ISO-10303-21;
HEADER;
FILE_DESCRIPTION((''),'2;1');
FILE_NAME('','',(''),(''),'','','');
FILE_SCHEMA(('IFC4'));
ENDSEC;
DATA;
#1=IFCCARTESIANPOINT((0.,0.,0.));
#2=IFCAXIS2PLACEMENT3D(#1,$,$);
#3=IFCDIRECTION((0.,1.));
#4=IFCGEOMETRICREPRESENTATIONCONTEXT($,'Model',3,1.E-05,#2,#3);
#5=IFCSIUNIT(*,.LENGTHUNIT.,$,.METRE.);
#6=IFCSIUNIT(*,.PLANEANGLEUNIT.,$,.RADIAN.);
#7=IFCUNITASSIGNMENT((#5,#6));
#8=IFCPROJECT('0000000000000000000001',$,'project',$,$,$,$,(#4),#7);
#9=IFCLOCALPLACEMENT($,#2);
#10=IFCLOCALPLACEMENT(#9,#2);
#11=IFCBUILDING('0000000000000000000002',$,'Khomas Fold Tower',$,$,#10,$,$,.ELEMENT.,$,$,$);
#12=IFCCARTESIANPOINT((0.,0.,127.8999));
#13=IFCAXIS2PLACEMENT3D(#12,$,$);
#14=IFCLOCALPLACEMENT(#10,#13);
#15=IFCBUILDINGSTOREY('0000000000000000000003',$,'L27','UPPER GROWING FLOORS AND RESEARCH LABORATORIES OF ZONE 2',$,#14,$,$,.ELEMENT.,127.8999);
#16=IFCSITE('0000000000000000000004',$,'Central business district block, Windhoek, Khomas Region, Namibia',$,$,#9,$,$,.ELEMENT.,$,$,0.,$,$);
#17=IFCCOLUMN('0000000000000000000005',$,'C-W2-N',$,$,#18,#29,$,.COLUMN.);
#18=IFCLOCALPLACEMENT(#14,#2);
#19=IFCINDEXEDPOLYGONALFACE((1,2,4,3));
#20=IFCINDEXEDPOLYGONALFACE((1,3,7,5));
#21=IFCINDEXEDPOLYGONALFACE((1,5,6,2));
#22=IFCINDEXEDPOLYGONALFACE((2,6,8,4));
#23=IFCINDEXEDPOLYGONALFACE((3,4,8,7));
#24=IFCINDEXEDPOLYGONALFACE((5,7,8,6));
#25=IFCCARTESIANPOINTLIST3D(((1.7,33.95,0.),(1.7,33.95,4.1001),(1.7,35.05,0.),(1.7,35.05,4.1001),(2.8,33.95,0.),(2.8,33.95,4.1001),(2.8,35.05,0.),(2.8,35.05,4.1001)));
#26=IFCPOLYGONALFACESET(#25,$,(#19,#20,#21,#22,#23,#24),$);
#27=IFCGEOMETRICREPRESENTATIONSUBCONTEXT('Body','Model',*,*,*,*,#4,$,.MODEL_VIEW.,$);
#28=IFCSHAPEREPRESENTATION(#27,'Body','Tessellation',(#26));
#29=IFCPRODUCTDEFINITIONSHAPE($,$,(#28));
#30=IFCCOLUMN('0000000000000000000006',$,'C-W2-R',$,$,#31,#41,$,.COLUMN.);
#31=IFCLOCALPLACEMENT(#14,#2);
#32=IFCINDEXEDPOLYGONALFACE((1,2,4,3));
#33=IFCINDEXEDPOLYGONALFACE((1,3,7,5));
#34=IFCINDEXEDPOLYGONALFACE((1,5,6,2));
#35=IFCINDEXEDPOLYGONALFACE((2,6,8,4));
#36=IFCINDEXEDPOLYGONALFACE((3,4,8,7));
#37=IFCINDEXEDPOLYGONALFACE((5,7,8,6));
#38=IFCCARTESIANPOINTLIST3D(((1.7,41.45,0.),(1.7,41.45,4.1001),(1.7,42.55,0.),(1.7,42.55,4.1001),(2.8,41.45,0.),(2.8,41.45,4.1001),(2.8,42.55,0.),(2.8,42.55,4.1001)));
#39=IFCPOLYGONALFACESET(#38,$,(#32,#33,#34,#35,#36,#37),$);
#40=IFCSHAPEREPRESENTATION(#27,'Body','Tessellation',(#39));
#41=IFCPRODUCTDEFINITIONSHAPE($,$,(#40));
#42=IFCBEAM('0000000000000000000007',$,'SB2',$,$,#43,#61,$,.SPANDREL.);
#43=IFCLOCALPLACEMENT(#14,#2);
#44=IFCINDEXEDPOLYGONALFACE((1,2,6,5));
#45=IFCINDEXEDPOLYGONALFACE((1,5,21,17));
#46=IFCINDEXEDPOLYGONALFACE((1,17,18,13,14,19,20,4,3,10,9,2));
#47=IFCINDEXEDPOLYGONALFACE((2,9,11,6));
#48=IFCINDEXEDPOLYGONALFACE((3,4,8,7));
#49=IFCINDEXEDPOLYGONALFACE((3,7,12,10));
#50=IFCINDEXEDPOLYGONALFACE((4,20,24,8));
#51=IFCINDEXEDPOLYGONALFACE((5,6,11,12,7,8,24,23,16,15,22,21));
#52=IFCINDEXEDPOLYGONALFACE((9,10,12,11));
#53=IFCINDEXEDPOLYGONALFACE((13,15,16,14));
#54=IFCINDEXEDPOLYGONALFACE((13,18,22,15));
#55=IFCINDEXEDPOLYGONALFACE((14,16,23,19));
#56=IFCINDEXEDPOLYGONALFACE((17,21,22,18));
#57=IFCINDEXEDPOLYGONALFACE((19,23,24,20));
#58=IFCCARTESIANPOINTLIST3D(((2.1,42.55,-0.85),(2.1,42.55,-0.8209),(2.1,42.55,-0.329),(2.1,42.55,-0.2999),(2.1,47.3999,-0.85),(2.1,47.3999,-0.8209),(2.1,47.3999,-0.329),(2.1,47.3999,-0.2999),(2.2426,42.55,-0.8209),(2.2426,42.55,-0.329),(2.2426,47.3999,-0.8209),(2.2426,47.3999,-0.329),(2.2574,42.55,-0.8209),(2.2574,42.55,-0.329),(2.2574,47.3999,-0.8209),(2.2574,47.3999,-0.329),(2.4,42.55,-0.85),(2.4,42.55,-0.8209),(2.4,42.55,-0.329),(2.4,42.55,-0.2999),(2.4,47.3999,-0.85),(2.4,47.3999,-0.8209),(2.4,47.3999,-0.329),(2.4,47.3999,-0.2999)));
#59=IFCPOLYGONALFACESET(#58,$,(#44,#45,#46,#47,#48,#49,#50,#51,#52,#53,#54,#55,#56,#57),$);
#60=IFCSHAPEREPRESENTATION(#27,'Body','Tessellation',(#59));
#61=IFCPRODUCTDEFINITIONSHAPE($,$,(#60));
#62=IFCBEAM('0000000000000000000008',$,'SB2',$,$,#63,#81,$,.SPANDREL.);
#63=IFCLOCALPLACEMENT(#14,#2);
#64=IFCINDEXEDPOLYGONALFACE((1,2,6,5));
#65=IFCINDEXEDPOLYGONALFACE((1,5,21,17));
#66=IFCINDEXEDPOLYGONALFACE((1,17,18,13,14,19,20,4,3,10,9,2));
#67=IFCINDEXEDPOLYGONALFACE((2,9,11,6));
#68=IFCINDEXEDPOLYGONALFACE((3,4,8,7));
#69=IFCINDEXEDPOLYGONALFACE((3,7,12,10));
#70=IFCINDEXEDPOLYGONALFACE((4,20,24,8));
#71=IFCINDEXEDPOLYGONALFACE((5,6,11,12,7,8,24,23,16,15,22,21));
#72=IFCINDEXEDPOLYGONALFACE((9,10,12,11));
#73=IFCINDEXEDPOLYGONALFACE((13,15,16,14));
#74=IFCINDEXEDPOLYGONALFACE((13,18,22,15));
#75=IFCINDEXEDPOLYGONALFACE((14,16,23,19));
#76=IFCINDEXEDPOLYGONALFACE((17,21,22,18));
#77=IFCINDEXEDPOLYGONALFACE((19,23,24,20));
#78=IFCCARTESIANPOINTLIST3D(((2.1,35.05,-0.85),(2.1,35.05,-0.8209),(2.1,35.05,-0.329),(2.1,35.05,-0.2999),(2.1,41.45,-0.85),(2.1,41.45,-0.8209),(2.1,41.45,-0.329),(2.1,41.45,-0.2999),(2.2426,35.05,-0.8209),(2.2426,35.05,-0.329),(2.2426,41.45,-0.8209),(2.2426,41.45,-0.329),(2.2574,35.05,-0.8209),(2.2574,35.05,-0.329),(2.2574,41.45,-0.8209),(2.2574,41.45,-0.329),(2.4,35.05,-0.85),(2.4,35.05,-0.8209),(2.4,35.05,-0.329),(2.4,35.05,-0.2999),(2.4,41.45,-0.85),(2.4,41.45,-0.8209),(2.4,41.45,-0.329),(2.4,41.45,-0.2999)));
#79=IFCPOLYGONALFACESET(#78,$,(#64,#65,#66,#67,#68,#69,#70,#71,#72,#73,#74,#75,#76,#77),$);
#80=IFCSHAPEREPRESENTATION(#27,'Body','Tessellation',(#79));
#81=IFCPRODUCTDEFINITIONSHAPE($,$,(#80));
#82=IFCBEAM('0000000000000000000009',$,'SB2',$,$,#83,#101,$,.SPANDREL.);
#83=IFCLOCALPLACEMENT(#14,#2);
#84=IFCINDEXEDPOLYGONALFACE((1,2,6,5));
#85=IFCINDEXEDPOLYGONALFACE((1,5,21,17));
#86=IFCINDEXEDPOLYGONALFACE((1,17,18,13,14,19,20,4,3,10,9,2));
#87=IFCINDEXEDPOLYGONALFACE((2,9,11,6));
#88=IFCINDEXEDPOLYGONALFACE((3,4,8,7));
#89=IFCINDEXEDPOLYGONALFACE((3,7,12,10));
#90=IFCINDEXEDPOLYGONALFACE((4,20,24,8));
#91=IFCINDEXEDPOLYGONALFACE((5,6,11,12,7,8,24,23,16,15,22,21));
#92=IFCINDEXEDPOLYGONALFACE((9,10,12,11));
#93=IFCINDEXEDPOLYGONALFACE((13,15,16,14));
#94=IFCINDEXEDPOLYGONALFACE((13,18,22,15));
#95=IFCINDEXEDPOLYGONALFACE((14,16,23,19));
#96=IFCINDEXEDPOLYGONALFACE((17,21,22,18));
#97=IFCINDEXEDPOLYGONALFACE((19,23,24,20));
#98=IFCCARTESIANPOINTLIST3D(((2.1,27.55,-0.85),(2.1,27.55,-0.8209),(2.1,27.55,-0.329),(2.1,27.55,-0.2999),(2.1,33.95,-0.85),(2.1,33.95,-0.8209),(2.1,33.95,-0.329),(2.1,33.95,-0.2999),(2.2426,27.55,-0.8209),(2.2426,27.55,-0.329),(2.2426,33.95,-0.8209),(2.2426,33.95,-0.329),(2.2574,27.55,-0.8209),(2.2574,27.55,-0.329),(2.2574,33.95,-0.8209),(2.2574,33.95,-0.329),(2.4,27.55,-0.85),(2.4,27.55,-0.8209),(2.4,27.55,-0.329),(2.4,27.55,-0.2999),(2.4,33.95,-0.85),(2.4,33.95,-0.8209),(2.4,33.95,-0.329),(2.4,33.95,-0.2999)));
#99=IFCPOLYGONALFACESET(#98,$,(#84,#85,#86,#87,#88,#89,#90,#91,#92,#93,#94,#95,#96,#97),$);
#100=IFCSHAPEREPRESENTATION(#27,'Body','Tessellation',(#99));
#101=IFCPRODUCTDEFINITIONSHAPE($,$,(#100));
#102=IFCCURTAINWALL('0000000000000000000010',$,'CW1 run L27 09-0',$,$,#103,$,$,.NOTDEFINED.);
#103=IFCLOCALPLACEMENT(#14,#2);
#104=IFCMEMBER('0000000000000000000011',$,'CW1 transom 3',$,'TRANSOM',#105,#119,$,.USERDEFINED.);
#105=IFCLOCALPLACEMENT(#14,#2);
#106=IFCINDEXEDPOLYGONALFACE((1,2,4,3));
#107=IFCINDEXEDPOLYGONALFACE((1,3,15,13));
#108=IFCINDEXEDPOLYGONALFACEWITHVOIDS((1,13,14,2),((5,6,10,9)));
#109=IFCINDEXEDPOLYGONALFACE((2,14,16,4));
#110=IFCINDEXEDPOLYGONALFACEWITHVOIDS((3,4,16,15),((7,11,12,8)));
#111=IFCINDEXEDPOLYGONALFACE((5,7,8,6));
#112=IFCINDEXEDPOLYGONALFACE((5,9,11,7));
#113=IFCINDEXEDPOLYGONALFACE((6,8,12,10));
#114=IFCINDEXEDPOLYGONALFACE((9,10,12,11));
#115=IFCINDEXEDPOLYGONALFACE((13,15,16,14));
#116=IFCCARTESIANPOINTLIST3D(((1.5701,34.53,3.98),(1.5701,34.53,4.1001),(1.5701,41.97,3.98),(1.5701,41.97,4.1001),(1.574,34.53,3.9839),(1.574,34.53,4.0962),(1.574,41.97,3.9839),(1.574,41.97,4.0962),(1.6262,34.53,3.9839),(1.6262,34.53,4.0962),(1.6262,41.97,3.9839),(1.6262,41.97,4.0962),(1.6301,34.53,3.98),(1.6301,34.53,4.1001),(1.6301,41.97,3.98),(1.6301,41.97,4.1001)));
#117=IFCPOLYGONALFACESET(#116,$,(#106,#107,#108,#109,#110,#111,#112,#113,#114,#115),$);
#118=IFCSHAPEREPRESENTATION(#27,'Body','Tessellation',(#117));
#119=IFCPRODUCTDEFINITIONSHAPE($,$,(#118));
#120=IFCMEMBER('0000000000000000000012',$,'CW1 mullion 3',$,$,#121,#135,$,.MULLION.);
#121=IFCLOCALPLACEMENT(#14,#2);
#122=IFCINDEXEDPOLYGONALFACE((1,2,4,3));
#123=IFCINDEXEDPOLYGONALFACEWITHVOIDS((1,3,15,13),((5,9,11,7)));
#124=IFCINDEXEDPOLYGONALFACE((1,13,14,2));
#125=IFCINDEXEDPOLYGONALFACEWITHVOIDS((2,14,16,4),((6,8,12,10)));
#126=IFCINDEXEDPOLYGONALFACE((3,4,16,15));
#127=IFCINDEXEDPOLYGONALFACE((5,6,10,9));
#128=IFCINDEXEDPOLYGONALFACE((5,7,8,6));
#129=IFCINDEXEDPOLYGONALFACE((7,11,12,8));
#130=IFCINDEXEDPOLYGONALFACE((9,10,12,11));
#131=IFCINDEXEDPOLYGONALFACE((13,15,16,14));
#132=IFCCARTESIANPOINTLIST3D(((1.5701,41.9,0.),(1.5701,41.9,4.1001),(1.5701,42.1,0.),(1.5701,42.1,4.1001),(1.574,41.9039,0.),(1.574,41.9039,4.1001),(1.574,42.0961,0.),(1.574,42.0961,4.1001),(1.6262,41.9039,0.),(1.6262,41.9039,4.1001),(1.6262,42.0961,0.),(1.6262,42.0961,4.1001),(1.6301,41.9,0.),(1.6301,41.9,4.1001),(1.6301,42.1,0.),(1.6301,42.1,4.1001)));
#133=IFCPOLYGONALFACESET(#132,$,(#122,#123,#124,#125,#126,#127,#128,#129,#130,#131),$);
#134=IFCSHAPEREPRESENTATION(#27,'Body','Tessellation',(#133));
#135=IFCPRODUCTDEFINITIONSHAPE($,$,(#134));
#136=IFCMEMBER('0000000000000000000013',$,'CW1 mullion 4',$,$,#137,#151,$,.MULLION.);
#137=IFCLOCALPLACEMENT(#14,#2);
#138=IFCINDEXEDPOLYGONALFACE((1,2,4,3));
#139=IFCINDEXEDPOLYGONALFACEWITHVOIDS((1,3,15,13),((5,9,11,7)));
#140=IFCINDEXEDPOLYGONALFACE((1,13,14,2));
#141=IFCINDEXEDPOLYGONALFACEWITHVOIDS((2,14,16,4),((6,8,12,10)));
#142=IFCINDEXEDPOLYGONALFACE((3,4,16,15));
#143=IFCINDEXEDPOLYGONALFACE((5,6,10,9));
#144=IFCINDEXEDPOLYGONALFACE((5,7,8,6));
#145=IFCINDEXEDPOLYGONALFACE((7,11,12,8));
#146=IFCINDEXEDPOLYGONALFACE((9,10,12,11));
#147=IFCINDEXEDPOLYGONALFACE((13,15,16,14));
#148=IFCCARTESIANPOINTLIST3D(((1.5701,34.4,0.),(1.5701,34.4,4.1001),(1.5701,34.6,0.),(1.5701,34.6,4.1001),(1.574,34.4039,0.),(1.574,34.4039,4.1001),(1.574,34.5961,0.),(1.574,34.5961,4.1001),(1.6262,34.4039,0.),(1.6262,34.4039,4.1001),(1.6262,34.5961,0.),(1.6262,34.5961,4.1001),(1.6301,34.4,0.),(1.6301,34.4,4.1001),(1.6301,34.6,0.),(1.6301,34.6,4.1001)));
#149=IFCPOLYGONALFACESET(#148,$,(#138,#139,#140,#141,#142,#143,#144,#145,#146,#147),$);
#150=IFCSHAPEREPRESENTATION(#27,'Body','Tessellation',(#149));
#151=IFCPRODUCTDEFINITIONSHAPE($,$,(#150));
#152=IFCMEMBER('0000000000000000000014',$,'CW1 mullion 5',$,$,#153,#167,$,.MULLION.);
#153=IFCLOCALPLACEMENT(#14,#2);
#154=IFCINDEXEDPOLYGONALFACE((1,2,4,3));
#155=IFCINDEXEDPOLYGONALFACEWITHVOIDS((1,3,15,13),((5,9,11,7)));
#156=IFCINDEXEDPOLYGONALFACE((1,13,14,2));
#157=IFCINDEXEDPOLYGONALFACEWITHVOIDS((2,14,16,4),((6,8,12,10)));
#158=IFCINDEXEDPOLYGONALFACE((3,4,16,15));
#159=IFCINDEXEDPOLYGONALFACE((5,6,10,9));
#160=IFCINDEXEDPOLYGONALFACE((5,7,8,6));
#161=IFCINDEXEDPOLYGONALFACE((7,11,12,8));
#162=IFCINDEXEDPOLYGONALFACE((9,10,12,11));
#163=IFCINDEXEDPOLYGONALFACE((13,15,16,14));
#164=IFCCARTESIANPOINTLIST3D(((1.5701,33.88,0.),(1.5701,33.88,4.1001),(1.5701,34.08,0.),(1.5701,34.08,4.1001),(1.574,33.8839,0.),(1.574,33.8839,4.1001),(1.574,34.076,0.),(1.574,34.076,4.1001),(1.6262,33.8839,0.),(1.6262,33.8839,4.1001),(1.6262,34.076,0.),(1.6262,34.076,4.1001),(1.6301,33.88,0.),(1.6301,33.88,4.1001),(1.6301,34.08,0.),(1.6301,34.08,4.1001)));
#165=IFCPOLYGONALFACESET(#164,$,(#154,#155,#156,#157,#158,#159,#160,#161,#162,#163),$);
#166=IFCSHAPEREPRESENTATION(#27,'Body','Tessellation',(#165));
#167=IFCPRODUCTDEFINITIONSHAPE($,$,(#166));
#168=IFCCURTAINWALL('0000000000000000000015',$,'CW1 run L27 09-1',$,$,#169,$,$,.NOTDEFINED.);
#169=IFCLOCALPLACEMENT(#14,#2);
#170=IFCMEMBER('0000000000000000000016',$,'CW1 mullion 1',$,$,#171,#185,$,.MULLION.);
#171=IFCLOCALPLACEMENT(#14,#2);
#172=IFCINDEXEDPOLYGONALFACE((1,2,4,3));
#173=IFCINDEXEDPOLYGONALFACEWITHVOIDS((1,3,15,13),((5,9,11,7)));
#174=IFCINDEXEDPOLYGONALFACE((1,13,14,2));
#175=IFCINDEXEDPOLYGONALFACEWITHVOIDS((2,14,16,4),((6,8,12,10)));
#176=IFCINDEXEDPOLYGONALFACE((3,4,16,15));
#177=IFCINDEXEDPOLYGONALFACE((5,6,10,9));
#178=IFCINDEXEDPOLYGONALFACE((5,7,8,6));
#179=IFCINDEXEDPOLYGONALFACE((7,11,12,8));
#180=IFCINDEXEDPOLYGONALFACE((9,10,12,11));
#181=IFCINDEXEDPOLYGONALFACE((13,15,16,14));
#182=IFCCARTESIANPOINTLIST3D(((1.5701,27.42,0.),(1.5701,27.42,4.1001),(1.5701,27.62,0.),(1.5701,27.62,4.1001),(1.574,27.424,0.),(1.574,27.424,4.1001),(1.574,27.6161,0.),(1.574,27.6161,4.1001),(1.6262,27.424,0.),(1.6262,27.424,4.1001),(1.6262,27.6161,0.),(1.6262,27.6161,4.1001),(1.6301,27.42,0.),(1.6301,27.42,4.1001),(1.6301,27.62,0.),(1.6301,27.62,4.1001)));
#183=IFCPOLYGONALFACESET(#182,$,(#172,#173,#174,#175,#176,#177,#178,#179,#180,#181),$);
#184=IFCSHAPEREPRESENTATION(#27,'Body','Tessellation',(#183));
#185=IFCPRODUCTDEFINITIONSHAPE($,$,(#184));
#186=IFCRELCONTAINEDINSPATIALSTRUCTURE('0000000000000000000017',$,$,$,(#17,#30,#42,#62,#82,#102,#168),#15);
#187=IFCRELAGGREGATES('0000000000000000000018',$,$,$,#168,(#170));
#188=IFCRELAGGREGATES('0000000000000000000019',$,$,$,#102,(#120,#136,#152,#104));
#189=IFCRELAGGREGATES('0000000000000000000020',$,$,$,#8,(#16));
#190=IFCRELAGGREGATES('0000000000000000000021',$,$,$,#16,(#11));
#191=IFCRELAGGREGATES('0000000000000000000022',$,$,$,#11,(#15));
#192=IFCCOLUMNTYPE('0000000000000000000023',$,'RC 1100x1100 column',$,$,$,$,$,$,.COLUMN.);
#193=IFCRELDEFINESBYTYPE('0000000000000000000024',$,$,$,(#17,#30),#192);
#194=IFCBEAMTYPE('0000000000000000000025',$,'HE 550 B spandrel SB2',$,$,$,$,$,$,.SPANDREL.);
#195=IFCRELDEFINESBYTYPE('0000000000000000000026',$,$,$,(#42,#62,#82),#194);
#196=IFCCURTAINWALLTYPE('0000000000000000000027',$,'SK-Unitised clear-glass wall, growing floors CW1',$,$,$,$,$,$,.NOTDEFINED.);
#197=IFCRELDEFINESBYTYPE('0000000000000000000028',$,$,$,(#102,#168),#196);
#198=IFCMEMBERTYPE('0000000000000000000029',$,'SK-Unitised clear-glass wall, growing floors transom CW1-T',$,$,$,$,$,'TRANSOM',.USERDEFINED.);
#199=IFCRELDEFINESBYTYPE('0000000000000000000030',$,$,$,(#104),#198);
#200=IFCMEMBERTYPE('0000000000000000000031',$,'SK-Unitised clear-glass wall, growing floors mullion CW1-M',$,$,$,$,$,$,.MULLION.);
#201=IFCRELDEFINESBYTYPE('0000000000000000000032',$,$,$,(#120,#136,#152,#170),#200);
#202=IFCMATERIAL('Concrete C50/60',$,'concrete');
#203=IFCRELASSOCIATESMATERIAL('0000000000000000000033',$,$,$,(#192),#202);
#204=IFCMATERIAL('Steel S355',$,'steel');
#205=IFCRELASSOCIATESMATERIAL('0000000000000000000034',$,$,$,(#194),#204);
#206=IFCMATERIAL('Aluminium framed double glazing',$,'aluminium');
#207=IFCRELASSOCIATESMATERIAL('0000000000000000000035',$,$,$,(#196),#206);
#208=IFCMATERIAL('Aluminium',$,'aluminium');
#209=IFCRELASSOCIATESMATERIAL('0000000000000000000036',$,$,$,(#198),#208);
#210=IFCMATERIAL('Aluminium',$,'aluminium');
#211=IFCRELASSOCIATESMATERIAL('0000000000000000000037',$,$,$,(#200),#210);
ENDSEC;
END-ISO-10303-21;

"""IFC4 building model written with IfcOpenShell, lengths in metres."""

from ifc_helpers import new_model, si_unit, direction, frame, origin, origin_2d, place, context, subcontext, project, spatial, rectangle, hollow_rectangle, i_section, extrude, source, transform, mapped, material, material_profile, profile_set, type_object, element, aggregate, save


model = new_model("IFC4")

# Units and contexts
model_context = context("Model", 3, precision=1e-05, world=origin(), true_north=direction((0.0, 1.0)))
body_context = subcontext(model_context, "Body", "Model", "MODEL_VIEW")
ifc_project = project(units=[si_unit("LENGTHUNIT", "METRE"), si_unit("PLANEANGLEUNIT", "RADIAN")], contexts=[model_context])

# Site, building, storey
site_placement = place(None, origin())
site = spatial("IfcSite", under=ifc_project, at=site_placement, Name="Central business district block, Windhoek, Khomas Region, Namibia", CompositionType="ELEMENT", RefElevation=0.0)
building_placement = place(site_placement, origin())
building = spatial("IfcBuilding", under=site, at=building_placement, Name="Khomas Fold Tower", CompositionType="ELEMENT")
storey_placement = place(building_placement, frame((0.0, 0.0, 127.8999)))
storey = spatial("IfcBuildingStorey", under=building, at=storey_placement, Name="L27", Description="UPPER GROWING FLOORS AND RESEARCH LABORATORIES OF ZONE 2", CompositionType="ELEMENT", Elevation=127.8999)

# Columns
ifc_material_1 = material(Name="Concrete C50/60", Category="concrete")
ifc_material_profile_1 = material_profile(ifc_material_1, rectangle(XDim=1.1001, YDim=1.1001, at=origin_2d()), Name="RC 1100x1100")
ifc_profile_set_1 = profile_set([ifc_material_profile_1], Name="Concrete C50/60")
column_type = type_object("IfcColumnType", Name="RC 1100x1100 column", PredefinedType="COLUMN", material=ifc_profile_set_1)
shared_shape_1 = source(origin(), body_context, "Body", "SweptSolid", [
    extrude(rectangle(XDim=1.1001, YDim=1.1001, at=origin_2d()), origin(), (0.0, 0.0, 1.0), 4.1001),
])
for number, where, z_axis, x_axis, name in (
    (1, (2.25, 34.5, 0.0), (0.0, 0.0, 1.0), (1.0, 0.0, 0.0), "C-W2-N"),
    (2, (2.25, 42.0, 0.0), (0.0, 0.0, 1.0), (1.0, 0.0, 0.0), "C-W2-R"),
):
    element("IfcColumn", number, at=place(storey_placement, frame(where, z_axis=z_axis, x_axis=x_axis)), inside=storey, type_object=column_type, Name=name, PredefinedType="COLUMN", context=body_context, shape_type="MappedRepresentation", body=[
        mapped(shared_shape_1, transform((0.0, 0.0, 0.0))),
    ])

# Beams
ifc_material_2 = material(Name="Steel S355", Category="steel")
ifc_material_profile_2 = material_profile(ifc_material_2, i_section(OverallWidth=0.3, OverallDepth=0.55, WebThickness=0.0149, FlangeThickness=0.0291, at=origin_2d()), Name="HE 550 B")
ifc_profile_set_2 = profile_set([ifc_material_profile_2], Name="Steel S355")
beam_type = type_object("IfcBeamType", Name="HE 550 B spandrel SB2", PredefinedType="SPANDREL", material=ifc_profile_set_2)
shared_shape_2 = source(origin(), body_context, "Body", "SweptSolid", [
    extrude(i_section(OverallWidth=0.3, OverallDepth=0.55, WebThickness=0.0149, FlangeThickness=0.0291, at=origin_2d()), origin(), (0.0, 0.0, 1.0), 4.8499),
])
beam_placement = place(storey_placement, frame((2.25, 42.55, -0.575), z_axis=(0.0, 1.0, 0.0), x_axis=(-1.0, 0.0, 0.0)))
element("IfcBeam", 3, at=beam_placement, inside=storey, type_object=beam_type, Name="SB2", PredefinedType="SPANDREL", context=body_context, shape_type="MappedRepresentation", body=[
    mapped(shared_shape_2, transform((0.0, 0.0, 0.0))),
])
shared_shape_3 = source(origin(), body_context, "Body", "SweptSolid", [
    extrude(i_section(OverallWidth=0.3, OverallDepth=0.55, WebThickness=0.0149, FlangeThickness=0.0291, at=origin_2d()), origin(), (0.0, 0.0, 1.0), 6.3999),
])
for number, where, z_axis, x_axis, name in (
    (4, (2.25, 35.05, -0.575), (0.0, 1.0, 0.0), (-1.0, 0.0, 0.0), "SB2"),
    (5, (2.25, 27.55, -0.575), (0.0, 1.0, 0.0), (-1.0, 0.0, 0.0), "SB2"),
):
    element("IfcBeam", number, at=place(storey_placement, frame(where, z_axis=z_axis, x_axis=x_axis)), inside=storey, type_object=beam_type, Name=name, PredefinedType="SPANDREL", context=body_context, shape_type="MappedRepresentation", body=[
        mapped(shared_shape_3, transform((0.0, 0.0, 0.0))),
    ])

# Curtain wall, members
ifc_material_3 = material(Name="Aluminium framed double glazing", Category="aluminium")
curtain_wall_type = type_object("IfcCurtainWallType", Name="SK-Unitised clear-glass wall, growing floors CW1", PredefinedType="NOTDEFINED", material=ifc_material_3)
curtain_wall_1_placement = place(storey_placement, origin())
curtain_wall_1 = element("IfcCurtainWall", 6, at=curtain_wall_1_placement, inside=storey, type_object=curtain_wall_type, Name="CW1 run L27 09-0", PredefinedType="NOTDEFINED")
ifc_material_4 = material(Name="Aluminium", Category="aluminium")
ifc_material_profile_3 = material_profile(ifc_material_4, hollow_rectangle(XDim=0.0601, YDim=0.1201, WallThickness=0.0039, at=origin_2d()), Name="SK-Unitised clear-glass wall, growing floors transom CW1-T")
ifc_profile_set_3 = profile_set([ifc_material_profile_3], Name="Aluminium")
member_type_1 = type_object("IfcMemberType", Name="SK-Unitised clear-glass wall, growing floors transom CW1-T", ElementType="TRANSOM", PredefinedType="USERDEFINED", material=ifc_profile_set_3)
shared_shape_4 = source(origin(), body_context, "Body", "SweptSolid", [
    extrude(hollow_rectangle(XDim=0.0601, YDim=0.1201, WallThickness=0.0039, at=origin_2d()), origin(), (0.0, 0.0, 1.0), 7.4399),
])
member_1_placement = place(storey_placement, frame((1.6001, 41.97, 4.04), z_axis=(0.0, -1.0, 0.0), x_axis=(1.0, 0.0, 0.0)))
member_1 = element("IfcMember", 7, at=member_1_placement, type_object=member_type_1, Name="CW1 transom 3", ObjectType="TRANSOM", PredefinedType="USERDEFINED", context=body_context, shape_type="MappedRepresentation", body=[
    mapped(shared_shape_4, transform((0.0, 0.0, 0.0))),
])
ifc_material_5 = material(Name="Aluminium", Category="aluminium")
ifc_material_profile_4 = material_profile(ifc_material_5, hollow_rectangle(XDim=0.0601, YDim=0.2, WallThickness=0.0039, at=origin_2d()), Name="SK-Unitised clear-glass wall, growing floors mullion CW1-M")
ifc_profile_set_4 = profile_set([ifc_material_profile_4], Name="Aluminium")
member_type_2 = type_object("IfcMemberType", Name="SK-Unitised clear-glass wall, growing floors mullion CW1-M", PredefinedType="MULLION", material=ifc_profile_set_4)
shared_shape_5 = source(origin(), body_context, "Body", "SweptSolid", [
    extrude(hollow_rectangle(XDim=0.0601, YDim=0.2, WallThickness=0.0039, at=origin_2d()), origin(), (0.0, 0.0, 1.0), 4.1001),
])
member_2_placement = place(storey_placement, frame((1.6001, 42.0, 0.0), z_axis=(0.0, 0.0, 1.0), x_axis=(1.0, 0.0, 0.0)))
member_2 = element("IfcMember", 8, at=member_2_placement, type_object=member_type_2, Name="CW1 mullion 3", PredefinedType="MULLION", context=body_context, shape_type="MappedRepresentation", body=[
    mapped(shared_shape_5, transform((0.0, 0.0, 0.0))),
])
member_3_placement = place(storey_placement, frame((1.6001, 34.5, 0.0), z_axis=(0.0, 0.0, 1.0), x_axis=(1.0, 0.0, 0.0)))
member_3 = element("IfcMember", 9, at=member_3_placement, type_object=member_type_2, Name="CW1 mullion 4", PredefinedType="MULLION", context=body_context, shape_type="MappedRepresentation", body=[
    mapped(shared_shape_5, transform((0.0, 0.0, 0.0))),
])
member_4_placement = place(storey_placement, frame((1.6001, 33.98, 0.0), z_axis=(0.0, 0.0, 1.0), x_axis=(1.0, 0.0, 0.0)))
member_4 = element("IfcMember", 10, at=member_4_placement, type_object=member_type_2, Name="CW1 mullion 5", PredefinedType="MULLION", context=body_context, shape_type="MappedRepresentation", body=[
    mapped(shared_shape_5, transform((0.0, 0.0, 0.0))),
])

# Curtain wall, member
curtain_wall_2_placement = place(storey_placement, origin())
curtain_wall_2 = element("IfcCurtainWall", 11, at=curtain_wall_2_placement, inside=storey, type_object=curtain_wall_type, Name="CW1 run L27 09-1", PredefinedType="NOTDEFINED")
member_5_placement = place(storey_placement, frame((1.6001, 27.52, 0.0), z_axis=(0.0, 0.0, 1.0), x_axis=(1.0, 0.0, 0.0)))
member_5 = element("IfcMember", 12, at=member_5_placement, type_object=member_type_2, Name="CW1 mullion 1", PredefinedType="MULLION", context=body_context, shape_type="MappedRepresentation", body=[
    mapped(shared_shape_5, transform((0.0, 0.0, 0.0))),
])

aggregate(curtain_wall_2, [member_5])

aggregate(curtain_wall_1, [member_2, member_3, member_4, member_1])

save(model, "model.ifc")
